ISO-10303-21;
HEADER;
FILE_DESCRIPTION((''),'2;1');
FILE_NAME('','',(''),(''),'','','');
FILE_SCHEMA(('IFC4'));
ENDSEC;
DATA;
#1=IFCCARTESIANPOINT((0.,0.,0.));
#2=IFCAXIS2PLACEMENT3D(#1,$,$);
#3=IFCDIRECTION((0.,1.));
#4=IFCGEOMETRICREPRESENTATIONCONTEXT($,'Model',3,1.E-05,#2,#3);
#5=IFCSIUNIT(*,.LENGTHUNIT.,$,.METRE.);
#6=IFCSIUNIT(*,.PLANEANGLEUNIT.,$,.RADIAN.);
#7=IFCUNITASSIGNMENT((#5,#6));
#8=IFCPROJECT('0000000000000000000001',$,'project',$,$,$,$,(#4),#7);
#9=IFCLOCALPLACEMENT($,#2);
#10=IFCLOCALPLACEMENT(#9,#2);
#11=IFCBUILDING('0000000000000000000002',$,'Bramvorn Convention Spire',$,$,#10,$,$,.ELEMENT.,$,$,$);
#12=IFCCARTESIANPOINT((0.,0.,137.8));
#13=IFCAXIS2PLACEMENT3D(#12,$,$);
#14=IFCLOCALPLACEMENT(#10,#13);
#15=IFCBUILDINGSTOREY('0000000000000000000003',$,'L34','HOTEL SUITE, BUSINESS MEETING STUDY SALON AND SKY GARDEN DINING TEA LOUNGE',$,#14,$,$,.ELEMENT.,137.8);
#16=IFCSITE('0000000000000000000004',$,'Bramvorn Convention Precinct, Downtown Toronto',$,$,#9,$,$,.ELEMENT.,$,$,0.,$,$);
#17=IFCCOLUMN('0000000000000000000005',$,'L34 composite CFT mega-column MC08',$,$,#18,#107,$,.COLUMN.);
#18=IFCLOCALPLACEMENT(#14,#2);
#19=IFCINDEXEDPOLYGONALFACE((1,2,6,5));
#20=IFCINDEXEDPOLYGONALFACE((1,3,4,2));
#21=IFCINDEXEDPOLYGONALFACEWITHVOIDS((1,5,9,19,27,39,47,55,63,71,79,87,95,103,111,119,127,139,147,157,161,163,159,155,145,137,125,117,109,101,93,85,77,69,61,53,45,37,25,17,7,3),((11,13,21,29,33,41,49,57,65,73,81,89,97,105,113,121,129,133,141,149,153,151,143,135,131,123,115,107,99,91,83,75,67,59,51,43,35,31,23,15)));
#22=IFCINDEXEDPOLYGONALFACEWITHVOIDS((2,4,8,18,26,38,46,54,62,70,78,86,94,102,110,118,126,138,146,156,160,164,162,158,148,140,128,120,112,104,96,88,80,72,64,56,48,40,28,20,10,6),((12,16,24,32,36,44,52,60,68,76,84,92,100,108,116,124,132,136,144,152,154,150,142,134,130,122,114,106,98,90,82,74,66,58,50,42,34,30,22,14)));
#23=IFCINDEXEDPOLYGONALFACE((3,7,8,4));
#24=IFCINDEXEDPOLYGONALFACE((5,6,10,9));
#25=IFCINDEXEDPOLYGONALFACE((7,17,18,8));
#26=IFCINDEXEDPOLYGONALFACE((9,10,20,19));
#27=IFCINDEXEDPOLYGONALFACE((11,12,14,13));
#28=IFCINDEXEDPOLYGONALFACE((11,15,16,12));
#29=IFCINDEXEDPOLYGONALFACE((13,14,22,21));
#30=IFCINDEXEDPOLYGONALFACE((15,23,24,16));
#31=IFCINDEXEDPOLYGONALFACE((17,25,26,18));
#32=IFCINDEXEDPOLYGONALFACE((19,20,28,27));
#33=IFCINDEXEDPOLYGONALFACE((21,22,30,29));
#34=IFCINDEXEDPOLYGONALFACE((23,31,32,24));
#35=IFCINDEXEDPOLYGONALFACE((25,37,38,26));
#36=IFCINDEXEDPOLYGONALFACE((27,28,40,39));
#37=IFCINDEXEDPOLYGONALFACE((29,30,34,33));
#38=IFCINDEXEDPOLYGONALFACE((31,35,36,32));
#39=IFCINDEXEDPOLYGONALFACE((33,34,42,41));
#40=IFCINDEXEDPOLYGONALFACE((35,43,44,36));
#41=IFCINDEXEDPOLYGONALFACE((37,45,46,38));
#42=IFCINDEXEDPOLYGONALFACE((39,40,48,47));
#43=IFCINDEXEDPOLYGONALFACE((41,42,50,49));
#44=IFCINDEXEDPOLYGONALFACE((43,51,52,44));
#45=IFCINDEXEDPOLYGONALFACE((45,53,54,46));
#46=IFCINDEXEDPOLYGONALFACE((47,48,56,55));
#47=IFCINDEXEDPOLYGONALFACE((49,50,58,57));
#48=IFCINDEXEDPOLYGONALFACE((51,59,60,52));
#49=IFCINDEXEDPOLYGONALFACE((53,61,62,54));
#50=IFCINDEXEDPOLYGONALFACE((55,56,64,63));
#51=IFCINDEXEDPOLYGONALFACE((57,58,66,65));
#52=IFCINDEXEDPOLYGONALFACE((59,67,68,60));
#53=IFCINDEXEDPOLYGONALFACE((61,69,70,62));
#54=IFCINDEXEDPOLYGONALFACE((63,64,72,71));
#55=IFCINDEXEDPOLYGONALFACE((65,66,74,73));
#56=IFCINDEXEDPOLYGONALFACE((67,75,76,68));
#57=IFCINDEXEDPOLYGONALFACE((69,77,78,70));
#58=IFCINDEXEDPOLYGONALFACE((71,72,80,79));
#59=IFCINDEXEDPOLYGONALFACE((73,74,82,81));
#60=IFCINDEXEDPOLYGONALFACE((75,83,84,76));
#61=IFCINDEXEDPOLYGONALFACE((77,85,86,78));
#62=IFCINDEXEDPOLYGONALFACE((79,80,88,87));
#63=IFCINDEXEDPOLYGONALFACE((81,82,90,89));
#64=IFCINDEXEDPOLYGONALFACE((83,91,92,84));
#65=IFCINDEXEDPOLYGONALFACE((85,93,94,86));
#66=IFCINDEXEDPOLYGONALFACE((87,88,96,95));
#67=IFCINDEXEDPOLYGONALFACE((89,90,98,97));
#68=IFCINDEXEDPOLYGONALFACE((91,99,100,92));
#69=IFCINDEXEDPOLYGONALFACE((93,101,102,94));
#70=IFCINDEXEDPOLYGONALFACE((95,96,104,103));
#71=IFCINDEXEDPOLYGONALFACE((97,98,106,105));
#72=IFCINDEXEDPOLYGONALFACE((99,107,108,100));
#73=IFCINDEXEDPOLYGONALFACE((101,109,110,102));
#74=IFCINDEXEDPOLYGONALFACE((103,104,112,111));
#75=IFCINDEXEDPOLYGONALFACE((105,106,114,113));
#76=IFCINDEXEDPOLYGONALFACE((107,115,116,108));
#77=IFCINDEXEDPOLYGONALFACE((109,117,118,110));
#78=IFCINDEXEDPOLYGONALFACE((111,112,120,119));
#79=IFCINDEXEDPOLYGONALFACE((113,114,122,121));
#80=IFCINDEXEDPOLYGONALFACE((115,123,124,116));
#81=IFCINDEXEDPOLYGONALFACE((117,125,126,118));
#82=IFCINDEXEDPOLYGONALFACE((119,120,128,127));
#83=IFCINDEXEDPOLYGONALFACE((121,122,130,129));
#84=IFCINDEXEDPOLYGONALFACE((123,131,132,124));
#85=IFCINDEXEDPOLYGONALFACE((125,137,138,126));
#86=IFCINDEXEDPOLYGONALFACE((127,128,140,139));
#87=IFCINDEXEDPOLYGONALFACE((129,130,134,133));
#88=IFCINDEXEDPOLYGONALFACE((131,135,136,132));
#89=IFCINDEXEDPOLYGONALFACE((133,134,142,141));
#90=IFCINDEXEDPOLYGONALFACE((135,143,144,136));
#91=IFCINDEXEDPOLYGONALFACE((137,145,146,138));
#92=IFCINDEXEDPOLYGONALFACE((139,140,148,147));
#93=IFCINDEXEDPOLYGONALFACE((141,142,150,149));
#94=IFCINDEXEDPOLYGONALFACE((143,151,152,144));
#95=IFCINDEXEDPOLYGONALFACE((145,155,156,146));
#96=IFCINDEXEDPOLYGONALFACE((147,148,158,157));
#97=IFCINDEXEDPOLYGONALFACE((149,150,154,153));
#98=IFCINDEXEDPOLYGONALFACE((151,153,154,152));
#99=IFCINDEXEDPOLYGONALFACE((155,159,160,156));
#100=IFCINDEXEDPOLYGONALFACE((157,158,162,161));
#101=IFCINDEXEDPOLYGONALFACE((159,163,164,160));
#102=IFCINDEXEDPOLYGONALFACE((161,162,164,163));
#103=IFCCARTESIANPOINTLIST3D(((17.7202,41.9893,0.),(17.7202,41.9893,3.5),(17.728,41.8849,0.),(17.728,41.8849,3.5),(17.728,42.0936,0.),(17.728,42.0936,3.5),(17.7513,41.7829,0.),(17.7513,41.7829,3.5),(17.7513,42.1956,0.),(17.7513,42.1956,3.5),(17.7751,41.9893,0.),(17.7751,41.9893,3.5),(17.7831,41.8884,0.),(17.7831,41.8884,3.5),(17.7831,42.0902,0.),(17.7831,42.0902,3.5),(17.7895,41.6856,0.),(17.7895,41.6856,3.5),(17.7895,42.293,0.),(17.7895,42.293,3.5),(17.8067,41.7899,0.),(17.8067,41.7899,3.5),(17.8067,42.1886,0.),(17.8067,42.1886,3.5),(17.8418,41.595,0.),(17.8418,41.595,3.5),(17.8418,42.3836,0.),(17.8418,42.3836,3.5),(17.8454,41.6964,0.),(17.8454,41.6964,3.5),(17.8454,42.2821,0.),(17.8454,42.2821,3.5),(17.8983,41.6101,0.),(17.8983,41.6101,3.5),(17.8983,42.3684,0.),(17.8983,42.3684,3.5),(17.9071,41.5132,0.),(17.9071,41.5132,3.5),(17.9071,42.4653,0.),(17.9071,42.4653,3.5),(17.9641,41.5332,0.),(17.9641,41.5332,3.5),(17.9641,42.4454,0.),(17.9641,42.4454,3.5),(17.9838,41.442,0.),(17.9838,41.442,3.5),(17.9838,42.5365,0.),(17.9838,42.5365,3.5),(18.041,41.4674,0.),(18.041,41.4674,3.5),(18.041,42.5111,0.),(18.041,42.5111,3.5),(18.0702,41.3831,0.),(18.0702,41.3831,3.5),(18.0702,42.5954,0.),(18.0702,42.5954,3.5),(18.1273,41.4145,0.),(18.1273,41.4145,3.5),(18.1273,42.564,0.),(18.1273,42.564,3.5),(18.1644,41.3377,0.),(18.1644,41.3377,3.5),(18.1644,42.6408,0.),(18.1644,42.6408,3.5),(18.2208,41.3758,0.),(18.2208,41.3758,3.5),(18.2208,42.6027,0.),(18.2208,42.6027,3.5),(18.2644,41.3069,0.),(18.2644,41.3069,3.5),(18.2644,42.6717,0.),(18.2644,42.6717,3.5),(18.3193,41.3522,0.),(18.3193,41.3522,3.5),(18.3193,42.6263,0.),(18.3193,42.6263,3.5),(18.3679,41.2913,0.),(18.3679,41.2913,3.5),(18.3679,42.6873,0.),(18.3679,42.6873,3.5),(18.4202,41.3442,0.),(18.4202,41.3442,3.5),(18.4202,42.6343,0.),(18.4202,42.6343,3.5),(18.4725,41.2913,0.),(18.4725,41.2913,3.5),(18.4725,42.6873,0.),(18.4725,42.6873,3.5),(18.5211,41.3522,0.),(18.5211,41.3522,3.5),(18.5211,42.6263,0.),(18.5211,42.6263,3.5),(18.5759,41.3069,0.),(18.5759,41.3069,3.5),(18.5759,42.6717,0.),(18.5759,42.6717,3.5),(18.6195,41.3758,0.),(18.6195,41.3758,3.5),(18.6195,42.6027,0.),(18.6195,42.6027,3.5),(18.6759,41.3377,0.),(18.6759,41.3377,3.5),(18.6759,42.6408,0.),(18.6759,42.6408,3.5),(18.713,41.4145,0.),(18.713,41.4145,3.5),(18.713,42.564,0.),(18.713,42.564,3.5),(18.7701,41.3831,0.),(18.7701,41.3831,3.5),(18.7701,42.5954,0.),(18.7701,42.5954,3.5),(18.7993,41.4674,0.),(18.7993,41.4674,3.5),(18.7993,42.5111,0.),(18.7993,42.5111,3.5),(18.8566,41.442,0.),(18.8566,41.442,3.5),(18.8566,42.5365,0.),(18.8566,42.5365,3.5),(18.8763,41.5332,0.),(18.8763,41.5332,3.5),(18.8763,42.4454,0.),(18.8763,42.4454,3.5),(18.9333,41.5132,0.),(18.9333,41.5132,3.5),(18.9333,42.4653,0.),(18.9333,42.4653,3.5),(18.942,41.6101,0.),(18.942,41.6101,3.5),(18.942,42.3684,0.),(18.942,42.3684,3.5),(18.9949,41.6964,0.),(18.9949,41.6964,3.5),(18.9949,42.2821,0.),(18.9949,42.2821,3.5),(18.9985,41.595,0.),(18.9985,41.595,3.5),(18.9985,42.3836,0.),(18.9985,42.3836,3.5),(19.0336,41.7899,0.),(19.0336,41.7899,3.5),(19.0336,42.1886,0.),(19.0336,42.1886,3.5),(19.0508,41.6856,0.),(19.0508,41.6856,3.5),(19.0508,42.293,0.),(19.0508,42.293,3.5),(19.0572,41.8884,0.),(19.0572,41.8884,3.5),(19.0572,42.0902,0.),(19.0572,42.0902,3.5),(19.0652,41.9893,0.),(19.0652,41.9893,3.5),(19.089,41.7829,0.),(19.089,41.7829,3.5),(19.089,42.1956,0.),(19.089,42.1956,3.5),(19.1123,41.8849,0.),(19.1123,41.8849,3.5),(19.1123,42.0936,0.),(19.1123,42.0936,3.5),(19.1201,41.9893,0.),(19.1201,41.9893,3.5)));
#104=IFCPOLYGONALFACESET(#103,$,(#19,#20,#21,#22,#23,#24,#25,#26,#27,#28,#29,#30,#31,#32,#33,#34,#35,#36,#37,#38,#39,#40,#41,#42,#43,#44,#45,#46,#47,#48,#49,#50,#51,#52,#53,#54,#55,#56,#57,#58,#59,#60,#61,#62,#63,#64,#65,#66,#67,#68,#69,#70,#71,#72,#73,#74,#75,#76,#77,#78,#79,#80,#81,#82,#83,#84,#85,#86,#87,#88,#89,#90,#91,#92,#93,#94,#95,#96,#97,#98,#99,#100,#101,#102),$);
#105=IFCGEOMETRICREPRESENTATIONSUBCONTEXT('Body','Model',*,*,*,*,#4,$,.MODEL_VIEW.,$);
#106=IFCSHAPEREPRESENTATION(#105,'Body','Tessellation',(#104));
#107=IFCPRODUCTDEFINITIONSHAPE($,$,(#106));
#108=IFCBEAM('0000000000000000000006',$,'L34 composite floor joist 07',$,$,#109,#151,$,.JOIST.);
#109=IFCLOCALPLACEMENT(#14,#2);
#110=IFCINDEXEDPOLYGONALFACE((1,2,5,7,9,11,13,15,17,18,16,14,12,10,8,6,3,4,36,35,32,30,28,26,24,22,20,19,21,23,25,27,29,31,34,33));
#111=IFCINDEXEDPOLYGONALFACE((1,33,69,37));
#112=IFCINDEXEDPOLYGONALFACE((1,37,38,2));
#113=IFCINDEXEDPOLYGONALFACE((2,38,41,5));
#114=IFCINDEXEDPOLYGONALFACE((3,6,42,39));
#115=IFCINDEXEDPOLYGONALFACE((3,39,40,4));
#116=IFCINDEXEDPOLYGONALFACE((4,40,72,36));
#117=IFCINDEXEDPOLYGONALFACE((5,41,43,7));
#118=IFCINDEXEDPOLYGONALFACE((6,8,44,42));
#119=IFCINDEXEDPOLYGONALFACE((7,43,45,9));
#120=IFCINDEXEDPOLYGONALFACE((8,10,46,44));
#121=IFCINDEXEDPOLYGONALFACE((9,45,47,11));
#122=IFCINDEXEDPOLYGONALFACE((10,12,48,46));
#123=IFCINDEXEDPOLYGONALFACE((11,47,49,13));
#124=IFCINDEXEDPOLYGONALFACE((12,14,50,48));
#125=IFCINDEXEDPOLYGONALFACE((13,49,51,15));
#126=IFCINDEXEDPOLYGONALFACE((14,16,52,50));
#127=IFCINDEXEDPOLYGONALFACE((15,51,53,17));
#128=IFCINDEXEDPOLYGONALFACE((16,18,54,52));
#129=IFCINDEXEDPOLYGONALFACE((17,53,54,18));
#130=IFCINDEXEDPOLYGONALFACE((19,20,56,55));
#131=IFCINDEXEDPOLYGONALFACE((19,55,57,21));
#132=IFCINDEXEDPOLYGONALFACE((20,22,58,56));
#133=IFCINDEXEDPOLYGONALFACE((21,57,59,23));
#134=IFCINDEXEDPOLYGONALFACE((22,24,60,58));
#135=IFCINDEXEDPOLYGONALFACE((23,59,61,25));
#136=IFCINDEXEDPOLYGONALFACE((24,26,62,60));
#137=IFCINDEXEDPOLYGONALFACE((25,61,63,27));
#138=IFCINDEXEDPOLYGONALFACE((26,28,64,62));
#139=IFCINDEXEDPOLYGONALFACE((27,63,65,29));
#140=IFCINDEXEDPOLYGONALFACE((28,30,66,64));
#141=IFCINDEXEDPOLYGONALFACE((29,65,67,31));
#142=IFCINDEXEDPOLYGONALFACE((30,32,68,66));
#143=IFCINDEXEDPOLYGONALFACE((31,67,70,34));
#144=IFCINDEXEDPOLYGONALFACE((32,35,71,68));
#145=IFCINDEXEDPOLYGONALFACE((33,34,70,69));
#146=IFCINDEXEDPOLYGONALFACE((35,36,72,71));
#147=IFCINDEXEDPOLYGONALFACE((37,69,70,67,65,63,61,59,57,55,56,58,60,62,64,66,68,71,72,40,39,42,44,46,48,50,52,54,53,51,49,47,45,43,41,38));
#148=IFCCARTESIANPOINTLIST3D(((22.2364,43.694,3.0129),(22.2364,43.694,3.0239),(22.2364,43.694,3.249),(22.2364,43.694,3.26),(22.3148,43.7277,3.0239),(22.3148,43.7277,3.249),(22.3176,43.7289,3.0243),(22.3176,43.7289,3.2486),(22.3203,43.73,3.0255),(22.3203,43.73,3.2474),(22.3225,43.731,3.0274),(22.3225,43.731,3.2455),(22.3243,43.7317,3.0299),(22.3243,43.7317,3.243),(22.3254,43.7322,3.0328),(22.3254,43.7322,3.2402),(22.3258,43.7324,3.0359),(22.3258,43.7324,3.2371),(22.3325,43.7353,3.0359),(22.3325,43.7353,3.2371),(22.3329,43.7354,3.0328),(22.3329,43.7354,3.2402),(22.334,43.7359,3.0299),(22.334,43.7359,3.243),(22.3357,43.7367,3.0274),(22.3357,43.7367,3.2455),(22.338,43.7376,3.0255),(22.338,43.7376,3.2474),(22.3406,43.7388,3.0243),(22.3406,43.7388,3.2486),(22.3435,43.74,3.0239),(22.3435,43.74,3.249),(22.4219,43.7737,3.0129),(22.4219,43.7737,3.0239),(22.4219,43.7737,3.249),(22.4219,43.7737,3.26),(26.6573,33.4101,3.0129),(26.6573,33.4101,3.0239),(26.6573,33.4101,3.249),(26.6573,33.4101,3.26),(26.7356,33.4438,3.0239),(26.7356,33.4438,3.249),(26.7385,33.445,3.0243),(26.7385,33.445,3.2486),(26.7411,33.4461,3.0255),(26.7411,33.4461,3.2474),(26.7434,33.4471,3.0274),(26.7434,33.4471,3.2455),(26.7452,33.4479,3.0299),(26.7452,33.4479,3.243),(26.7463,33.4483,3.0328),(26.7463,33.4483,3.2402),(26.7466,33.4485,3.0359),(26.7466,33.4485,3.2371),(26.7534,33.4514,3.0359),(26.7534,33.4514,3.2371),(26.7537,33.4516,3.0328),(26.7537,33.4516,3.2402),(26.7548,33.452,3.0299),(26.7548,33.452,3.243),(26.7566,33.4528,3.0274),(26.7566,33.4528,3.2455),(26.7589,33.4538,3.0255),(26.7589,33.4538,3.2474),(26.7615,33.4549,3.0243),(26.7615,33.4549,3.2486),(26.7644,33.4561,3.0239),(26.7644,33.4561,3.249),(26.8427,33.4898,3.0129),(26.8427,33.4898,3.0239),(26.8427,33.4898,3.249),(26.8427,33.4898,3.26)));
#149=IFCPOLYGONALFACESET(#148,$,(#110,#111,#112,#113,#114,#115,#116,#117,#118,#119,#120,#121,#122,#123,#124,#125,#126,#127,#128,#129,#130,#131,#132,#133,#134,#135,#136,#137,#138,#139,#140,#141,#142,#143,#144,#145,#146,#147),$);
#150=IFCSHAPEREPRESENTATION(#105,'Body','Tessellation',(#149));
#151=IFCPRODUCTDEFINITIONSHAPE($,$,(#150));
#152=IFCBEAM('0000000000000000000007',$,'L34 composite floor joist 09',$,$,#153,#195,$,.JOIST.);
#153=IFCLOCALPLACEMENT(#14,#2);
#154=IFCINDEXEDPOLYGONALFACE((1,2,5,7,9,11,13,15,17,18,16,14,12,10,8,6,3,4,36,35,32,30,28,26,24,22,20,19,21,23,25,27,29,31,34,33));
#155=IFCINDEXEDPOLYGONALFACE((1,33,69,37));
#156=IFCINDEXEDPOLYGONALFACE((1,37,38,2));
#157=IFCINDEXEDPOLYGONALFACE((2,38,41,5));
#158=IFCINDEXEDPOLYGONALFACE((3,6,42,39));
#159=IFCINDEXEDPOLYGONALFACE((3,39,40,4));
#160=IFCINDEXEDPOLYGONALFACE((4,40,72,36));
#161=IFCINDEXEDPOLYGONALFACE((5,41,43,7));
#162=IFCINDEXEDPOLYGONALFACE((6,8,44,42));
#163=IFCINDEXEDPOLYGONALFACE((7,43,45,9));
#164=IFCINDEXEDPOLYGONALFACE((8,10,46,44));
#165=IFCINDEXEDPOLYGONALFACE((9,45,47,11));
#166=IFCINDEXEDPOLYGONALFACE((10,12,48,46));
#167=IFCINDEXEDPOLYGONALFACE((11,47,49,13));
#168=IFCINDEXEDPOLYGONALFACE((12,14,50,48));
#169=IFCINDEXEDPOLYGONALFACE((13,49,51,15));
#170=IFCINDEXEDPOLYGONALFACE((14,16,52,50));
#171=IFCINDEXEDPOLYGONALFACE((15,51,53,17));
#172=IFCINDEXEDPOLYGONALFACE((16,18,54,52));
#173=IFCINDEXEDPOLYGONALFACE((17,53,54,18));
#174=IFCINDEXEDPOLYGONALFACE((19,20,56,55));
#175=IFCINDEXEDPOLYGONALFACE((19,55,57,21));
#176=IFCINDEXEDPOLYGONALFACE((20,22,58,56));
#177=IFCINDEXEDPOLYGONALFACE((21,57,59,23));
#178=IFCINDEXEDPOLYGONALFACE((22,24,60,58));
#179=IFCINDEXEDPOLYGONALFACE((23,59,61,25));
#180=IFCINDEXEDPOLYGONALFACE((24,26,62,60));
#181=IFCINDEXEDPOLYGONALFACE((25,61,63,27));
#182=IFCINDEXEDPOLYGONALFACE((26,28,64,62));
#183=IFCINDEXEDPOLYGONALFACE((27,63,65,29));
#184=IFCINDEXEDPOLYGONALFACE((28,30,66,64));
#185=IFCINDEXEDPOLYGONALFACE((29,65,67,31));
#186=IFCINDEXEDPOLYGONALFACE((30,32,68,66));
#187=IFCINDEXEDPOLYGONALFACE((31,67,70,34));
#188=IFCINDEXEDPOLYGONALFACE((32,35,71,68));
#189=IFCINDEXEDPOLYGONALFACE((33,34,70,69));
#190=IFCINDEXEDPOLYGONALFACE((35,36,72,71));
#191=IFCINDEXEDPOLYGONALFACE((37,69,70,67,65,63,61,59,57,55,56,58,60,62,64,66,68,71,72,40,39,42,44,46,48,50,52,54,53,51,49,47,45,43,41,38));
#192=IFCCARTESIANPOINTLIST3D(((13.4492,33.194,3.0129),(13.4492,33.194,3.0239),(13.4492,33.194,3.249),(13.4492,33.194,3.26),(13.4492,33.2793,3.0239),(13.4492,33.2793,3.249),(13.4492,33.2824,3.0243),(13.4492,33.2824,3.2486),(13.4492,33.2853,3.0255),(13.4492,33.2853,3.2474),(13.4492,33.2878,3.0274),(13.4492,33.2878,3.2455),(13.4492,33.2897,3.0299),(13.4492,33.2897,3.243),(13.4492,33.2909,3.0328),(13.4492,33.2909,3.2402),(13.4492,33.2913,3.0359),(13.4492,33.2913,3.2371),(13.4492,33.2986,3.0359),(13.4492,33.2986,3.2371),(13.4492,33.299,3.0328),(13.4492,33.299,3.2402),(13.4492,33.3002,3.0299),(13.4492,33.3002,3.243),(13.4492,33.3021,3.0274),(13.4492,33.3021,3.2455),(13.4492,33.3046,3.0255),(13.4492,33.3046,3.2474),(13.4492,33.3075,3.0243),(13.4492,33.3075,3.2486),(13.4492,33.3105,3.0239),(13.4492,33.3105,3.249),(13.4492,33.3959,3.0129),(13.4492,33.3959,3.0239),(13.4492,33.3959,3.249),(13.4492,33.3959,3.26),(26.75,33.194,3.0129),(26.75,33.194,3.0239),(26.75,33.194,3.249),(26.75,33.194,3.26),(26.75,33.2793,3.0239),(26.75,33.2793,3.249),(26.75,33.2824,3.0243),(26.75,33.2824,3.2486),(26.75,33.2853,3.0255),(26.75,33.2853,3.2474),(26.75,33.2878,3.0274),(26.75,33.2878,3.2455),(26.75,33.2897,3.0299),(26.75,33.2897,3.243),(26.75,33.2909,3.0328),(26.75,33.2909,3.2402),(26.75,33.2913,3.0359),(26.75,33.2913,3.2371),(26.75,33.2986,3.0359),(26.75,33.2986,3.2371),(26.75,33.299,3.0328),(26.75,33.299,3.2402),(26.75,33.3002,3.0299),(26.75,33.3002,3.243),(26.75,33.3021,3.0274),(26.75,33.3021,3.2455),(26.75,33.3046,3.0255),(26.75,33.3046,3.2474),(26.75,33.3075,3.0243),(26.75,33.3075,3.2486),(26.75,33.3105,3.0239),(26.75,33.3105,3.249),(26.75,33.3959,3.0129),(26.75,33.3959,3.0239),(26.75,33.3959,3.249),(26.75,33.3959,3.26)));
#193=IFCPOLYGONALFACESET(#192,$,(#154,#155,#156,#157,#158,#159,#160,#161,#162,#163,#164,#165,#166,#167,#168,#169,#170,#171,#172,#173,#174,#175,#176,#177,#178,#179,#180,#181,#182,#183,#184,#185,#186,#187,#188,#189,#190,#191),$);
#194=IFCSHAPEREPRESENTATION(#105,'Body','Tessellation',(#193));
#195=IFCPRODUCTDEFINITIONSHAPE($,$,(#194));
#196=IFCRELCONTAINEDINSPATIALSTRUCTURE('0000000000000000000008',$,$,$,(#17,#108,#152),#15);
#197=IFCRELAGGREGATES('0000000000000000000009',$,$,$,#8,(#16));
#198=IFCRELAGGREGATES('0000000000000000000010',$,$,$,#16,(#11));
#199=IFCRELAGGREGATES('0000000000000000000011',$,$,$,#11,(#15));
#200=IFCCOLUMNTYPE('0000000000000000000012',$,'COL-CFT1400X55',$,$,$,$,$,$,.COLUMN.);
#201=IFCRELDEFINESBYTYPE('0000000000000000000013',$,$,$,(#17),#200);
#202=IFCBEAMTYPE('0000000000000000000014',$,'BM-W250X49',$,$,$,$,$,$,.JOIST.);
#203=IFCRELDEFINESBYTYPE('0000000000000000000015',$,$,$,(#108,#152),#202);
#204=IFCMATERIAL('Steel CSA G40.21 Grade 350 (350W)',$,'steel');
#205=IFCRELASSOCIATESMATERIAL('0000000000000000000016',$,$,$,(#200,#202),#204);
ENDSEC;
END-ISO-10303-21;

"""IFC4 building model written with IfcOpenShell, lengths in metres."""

from ifc_helpers import new_model, si_unit, direction, frame, origin, origin_2d, place, context, subcontext, project, spatial, hollow_circle, i_section, extrude, material, material_profile, profile_set, type_object, element, save


model = new_model("IFC4")

# Units and contexts
model_context = context("Model", 3, precision=1e-05, world=origin(), true_north=direction((0.0, 1.0)))
body_context = subcontext(model_context, "Body", "Model", "MODEL_VIEW")
ifc_project = project(units=[si_unit("LENGTHUNIT", "METRE"), si_unit("PLANEANGLEUNIT", "RADIAN")], contexts=[model_context])

# Site, building, storey
site_placement = place(None, origin())
site = spatial("IfcSite", under=ifc_project, at=site_placement, Name="Bramvorn Convention Precinct, Downtown Toronto", CompositionType="ELEMENT", RefElevation=0.0)
building_placement = place(site_placement, origin())
building = spatial("IfcBuilding", under=site, at=building_placement, Name="Bramvorn Convention Spire", CompositionType="ELEMENT")
storey_placement = place(building_placement, frame((0.0, 0.0, 137.8)))
storey = spatial("IfcBuildingStorey", under=building, at=storey_placement, Name="L34", Description="HOTEL SUITE, BUSINESS MEETING STUDY SALON AND SKY GARDEN DINING TEA LOUNGE", CompositionType="ELEMENT", Elevation=137.8)

# Column
ifc_material_1 = material(Name="Steel CSA G40.21 Grade 350 (350W)", Category="steel")
ifc_material_profile_1 = material_profile(ifc_material_1, hollow_circle(Radius=0.7, WallThickness=0.0549, at=origin_2d()))
ifc_profile_set_1 = profile_set([ifc_material_profile_1], Name="Steel CSA G40.21 Grade 350 (350W) - CFT1400X55")
column_type = type_object("IfcColumnType", Name="COL-CFT1400X55", PredefinedType="COLUMN", material=ifc_profile_set_1)
column_placement = place(storey_placement, frame((18.4202, 41.9893, 0.0), z_axis=(0.0, 0.0, 1.0), x_axis=(1.0, 0.0, 0.0)))
element("IfcColumn", 1, at=column_placement, inside=storey, type_object=column_type, Name="L34 composite CFT mega-column MC08", PredefinedType="COLUMN", context=body_context, shape_type="SweptSolid", body=[
    extrude(hollow_circle(Radius=0.7, WallThickness=0.0549, at=origin_2d()), origin(), (0.0, 0.0, 1.0), 3.5),
])

# Beams
ifc_material_profile_2 = material_profile(ifc_material_1, i_section(OverallWidth=0.2019, OverallDepth=0.2471, WebThickness=0.0073, FlangeThickness=0.011, FilletRadius=0.012, at=origin_2d()))
ifc_profile_set_2 = profile_set([ifc_material_profile_2], Name="Steel CSA G40.21 Grade 350 (350W) - W250X49")
beam_type_1 = type_object("IfcBeamType", Name="BM-W250X49", PredefinedType="JOIST", material=ifc_profile_set_2)
beam_1_placement = place(storey_placement, frame((26.75, 33.45, 3.1365), z_axis=(-0.394938, 0.918708, 0.0), x_axis=(-0.918708, -0.394938, 0.0)))
element("IfcBeam", 2, at=beam_1_placement, inside=storey, type_object=beam_type_1, Name="L34 composite floor joist 07", PredefinedType="JOIST", context=body_context, shape_type="SweptSolid", body=[
    extrude(i_section(OverallWidth=0.2019, OverallDepth=0.2471, WebThickness=0.0073, FlangeThickness=0.011, FilletRadius=0.012, at=origin_2d()), origin(), (0.0, 0.0, 1.0), 11.1938),
])
beam_2_placement = place(storey_placement, frame((26.75, 33.2949, 3.1365), z_axis=(-1.0, 0.0, 0.0), x_axis=(0.0, -1.0, 0.0)))
element("IfcBeam", 3, at=beam_2_placement, inside=storey, type_object=beam_type_1, Name="L34 composite floor joist 09", PredefinedType="JOIST", context=body_context, shape_type="SweptSolid", body=[
    extrude(i_section(OverallWidth=0.2019, OverallDepth=0.2471, WebThickness=0.0073, FlangeThickness=0.011, FilletRadius=0.012, at=origin_2d()), origin(), (0.0, 0.0, 1.0), 13.3008),
])

save(model, "model.ifc")
